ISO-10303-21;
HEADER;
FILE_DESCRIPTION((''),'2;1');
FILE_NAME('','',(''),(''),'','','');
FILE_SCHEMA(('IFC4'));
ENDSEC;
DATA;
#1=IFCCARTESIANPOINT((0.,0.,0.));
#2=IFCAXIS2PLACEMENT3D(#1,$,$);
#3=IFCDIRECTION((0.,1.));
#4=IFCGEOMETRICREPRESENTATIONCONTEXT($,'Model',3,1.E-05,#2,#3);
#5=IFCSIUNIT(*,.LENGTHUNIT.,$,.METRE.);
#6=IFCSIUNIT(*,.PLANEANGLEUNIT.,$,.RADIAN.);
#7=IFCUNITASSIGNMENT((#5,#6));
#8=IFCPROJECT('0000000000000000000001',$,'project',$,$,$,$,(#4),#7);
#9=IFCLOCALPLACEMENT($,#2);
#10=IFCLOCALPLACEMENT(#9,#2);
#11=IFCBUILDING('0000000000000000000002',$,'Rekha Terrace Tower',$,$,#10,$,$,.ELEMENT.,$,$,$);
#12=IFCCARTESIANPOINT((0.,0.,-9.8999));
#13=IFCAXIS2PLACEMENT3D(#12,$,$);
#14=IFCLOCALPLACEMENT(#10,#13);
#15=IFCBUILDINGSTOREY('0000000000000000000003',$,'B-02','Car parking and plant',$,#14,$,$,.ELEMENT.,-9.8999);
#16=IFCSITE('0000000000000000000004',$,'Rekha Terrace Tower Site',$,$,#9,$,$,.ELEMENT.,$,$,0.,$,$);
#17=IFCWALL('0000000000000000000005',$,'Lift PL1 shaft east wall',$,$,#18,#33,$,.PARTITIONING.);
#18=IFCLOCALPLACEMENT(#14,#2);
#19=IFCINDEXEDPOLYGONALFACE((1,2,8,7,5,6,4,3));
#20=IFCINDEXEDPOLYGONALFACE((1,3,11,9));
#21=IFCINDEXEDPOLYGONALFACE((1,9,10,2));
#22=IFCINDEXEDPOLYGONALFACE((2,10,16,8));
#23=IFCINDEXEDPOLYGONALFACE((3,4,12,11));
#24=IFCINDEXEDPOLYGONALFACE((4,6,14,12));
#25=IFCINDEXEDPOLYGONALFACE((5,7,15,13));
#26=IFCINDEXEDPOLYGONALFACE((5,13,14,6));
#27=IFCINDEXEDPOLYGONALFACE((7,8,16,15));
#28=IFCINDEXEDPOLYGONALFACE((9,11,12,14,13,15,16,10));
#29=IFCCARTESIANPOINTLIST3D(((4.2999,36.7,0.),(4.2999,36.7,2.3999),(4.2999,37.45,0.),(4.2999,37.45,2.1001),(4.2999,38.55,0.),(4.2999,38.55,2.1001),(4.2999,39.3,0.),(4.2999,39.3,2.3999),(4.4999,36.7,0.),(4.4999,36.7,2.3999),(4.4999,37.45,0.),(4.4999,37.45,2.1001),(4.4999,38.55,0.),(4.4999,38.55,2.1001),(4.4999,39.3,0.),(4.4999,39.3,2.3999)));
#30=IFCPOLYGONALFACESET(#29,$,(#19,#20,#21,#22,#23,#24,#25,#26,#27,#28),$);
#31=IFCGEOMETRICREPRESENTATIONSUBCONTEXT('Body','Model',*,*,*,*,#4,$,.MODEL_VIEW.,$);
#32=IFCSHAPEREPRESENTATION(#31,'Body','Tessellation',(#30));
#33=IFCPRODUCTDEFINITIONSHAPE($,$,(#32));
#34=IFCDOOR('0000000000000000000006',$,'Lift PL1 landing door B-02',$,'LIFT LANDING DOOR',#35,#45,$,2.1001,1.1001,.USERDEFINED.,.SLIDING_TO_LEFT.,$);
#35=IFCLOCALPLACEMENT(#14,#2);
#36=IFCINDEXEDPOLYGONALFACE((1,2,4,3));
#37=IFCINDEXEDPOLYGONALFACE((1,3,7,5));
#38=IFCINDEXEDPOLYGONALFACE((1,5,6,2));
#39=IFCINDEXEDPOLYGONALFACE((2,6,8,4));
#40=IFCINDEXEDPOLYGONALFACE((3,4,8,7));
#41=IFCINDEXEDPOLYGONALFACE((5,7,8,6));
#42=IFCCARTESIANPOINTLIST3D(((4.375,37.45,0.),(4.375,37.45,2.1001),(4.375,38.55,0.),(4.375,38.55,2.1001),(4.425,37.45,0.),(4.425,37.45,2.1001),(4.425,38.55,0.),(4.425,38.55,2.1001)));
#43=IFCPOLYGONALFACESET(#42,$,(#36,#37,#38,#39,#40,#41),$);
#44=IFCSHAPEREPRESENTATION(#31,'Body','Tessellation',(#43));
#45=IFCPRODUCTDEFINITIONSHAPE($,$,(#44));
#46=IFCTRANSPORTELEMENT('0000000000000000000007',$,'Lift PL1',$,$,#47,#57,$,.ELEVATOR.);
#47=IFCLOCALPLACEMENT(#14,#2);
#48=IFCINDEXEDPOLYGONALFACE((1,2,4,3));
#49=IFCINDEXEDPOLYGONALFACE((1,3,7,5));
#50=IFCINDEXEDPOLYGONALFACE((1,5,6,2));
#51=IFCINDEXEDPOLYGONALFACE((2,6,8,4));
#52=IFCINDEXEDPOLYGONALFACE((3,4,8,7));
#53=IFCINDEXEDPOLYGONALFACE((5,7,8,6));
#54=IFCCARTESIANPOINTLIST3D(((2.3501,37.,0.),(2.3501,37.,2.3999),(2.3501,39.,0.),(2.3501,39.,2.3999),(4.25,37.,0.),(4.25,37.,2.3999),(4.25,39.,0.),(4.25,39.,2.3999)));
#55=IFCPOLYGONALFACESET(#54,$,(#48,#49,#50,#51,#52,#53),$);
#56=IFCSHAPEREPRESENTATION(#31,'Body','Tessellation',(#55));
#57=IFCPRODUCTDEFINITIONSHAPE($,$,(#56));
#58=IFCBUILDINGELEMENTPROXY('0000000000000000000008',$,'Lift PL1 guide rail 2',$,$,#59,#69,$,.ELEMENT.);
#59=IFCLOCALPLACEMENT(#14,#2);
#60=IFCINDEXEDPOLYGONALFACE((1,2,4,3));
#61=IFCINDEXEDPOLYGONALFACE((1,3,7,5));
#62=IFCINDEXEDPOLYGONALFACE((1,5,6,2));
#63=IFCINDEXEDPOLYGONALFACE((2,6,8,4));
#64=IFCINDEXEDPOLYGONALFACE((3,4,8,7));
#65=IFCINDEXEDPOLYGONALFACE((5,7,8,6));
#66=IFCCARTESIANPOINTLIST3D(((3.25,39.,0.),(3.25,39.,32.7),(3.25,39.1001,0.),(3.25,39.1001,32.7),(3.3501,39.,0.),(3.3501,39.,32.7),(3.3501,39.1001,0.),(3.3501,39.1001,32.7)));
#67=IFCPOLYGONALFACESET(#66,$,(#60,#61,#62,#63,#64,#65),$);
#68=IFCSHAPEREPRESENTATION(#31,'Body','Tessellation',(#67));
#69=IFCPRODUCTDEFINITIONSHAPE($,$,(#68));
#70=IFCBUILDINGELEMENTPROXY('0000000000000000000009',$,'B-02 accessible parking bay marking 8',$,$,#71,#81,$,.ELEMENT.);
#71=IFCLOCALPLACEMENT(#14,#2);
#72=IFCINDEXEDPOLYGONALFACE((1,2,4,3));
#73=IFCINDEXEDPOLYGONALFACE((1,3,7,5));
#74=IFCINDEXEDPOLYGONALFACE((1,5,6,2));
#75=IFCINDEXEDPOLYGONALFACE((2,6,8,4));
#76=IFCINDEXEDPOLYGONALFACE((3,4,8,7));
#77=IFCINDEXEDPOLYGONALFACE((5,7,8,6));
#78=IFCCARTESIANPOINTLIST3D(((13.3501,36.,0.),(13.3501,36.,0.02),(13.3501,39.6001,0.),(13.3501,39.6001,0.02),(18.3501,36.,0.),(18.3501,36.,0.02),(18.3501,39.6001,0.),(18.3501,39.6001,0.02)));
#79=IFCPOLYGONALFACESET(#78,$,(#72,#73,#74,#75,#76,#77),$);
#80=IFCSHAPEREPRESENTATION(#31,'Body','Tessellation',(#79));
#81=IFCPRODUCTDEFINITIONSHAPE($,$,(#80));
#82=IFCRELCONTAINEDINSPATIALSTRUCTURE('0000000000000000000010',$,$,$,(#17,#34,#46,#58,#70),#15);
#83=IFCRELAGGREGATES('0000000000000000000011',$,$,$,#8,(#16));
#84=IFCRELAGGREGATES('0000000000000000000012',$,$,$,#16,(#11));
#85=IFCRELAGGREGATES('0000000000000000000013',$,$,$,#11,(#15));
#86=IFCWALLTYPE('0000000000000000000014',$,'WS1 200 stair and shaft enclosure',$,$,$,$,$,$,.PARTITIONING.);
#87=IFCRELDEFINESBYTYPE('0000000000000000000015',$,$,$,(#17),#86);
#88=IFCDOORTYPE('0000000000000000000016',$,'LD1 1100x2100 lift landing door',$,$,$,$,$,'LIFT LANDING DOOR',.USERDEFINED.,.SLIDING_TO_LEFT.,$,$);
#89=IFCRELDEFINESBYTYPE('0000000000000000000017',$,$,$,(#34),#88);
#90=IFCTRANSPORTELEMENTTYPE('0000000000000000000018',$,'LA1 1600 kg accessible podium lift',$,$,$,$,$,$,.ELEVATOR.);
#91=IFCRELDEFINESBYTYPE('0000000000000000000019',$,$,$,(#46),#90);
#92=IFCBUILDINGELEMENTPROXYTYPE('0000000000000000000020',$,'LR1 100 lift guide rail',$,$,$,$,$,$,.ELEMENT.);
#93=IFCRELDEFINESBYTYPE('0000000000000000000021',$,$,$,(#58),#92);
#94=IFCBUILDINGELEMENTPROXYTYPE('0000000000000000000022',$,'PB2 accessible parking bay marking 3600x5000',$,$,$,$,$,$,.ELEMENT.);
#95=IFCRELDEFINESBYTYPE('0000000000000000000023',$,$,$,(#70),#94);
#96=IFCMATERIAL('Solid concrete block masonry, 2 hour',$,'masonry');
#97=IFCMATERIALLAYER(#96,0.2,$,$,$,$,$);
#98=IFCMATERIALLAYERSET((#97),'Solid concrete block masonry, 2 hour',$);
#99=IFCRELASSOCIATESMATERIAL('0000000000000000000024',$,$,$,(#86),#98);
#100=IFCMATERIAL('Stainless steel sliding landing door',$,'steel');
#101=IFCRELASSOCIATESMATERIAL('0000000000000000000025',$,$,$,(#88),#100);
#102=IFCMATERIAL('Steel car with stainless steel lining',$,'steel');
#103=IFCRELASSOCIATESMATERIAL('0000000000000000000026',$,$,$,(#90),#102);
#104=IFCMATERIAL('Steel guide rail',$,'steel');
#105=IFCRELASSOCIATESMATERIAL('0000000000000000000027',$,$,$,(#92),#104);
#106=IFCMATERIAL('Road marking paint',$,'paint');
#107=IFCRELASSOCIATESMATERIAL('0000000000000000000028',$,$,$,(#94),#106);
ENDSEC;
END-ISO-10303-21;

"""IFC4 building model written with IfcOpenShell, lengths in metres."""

from ifc_helpers import new_model, si_unit, direction, frame, frame_2d, origin, origin_2d, place, context, subcontext, project, spatial, rectangle, extrude, material, layer, layer_set, type_object, element, fill, save


model = new_model("IFC4")

# Units and contexts
model_context = context("Model", 3, precision=1e-05, world=origin(), true_north=direction((0.0, 1.0)))
body_context = subcontext(model_context, "Body", "Model", "MODEL_VIEW")
ifc_project = project(units=[si_unit("LENGTHUNIT", "METRE"), si_unit("PLANEANGLEUNIT", "RADIAN")], contexts=[model_context])

# Site, building, storey
site_placement = place(None, origin())
site = spatial("IfcSite", under=ifc_project, at=site_placement, Name="Rekha Terrace Tower Site", CompositionType="ELEMENT", RefElevation=0.0)
building_placement = place(site_placement, origin())
building = spatial("IfcBuilding", under=site, at=building_placement, Name="Rekha Terrace Tower", CompositionType="ELEMENT")
storey_placement = place(building_placement, frame((0.0, 0.0, -9.8999)))
storey = spatial("IfcBuildingStorey", under=building, at=storey_placement, Name="B-02", Description="Car parking and plant", CompositionType="ELEMENT", Elevation=-9.8999)

# Shared definitions
ifc_material_1 = material(Name="Solid concrete block masonry, 2 hour", Category="masonry")

# Wall, opening, door
ifc_layer_1 = layer(ifc_material_1, 0.2)
ifc_layer_set_1 = layer_set([ifc_layer_1], Name="Solid concrete block masonry, 2 hour")
wall_type_1 = type_object("IfcWallType", Name="WS1 200 stair and shaft enclosure", PredefinedType="PARTITIONING", material=ifc_layer_set_1)
wall_1_placement = place(storey_placement, frame((4.3999, 36.7, 0.0), z_axis=(0.0, 0.0, 1.0), x_axis=(0.0, 1.0, 0.0)))
wall_1 = element("IfcWall", 1, at=wall_1_placement, inside=storey, type_object=wall_type_1, Name="Lift PL1 shaft east wall", PredefinedType="PARTITIONING", context=body_context, shape_type="SweptSolid", body=[
    extrude(rectangle(XDim=2.6001, YDim=0.2, at=frame_2d((1.3, 0.0))), origin(), (0.0, 0.0, 1.0), 2.3999),
])
opening_1_placement = place(wall_1_placement, frame((0.75, 0.0, 0.0)))
opening_1 = element("IfcOpeningElement", 2, at=opening_1_placement, cuts=wall_1, PredefinedType="OPENING", context=body_context, shape_type="SweptSolid", body=[
    extrude(rectangle(XDim=1.1001, YDim=2.1001, at=frame_2d((0.55, 1.05))), frame((0.0, 0.1099, 0.0), z_axis=(0.0, -1.0, 0.0), x_axis=(1.0, 0.0, 0.0)), (0.0, 0.0, 1.0), 0.22),
])
ifc_material_2 = material(Name="Stainless steel sliding landing door", Category="steel")
door_type_1 = type_object("IfcDoorType", Name="LD1 1100x2100 lift landing door", ElementType="LIFT LANDING DOOR", OperationType="SLIDING_TO_LEFT", PredefinedType="USERDEFINED", material=ifc_material_2)
door_1_placement = place(opening_1_placement, origin())
door_1 = element("IfcDoor", 3, at=door_1_placement, inside=storey, type_object=door_type_1, Name="Lift PL1 landing door B-02", ObjectType="LIFT LANDING DOOR", OperationType="SLIDING_TO_LEFT", OverallHeight=2.1001, OverallWidth=1.1001, PredefinedType="USERDEFINED", context=body_context, shape_type="SweptSolid", body=[
    extrude(rectangle(XDim=1.1001, YDim=2.1001, at=frame_2d((0.55, 1.05))), frame((0.0, 0.0249, 0.0), z_axis=(0.0, -1.0, 0.0), x_axis=(1.0, 0.0, 0.0)), (0.0, 0.0, 1.0), 0.05),
])
fill(opening_1, door_1)

# Transport element
ifc_material_3 = material(Name="Steel car with stainless steel lining", Category="steel")
transport_element_type = type_object("IfcTransportElementType", Name="LA1 1600 kg accessible podium lift", PredefinedType="ELEVATOR", material=ifc_material_3)
transport_element_placement = place(storey_placement, frame((3.3, 38.0, 0.0), z_axis=(0.0, 0.0, 1.0), x_axis=(1.0, 0.0, 0.0)))
element("IfcTransportElement", 4, at=transport_element_placement, inside=storey, type_object=transport_element_type, Name="Lift PL1", PredefinedType="ELEVATOR", context=body_context, shape_type="SweptSolid", body=[
    extrude(rectangle(XDim=1.8999, YDim=2.0, at=origin_2d()), origin(), (0.0, 0.0, 1.0), 2.3999),
])

# Building element proxies
ifc_material_4 = material(Name="Steel guide rail", Category="steel")
building_element_proxy_type_1 = type_object("IfcBuildingElementProxyType", Name="LR1 100 lift guide rail", PredefinedType="ELEMENT", material=ifc_material_4)
proxy_1_placement = place(storey_placement, frame((3.3, 39.05, 0.0), z_axis=(0.0, 0.0, 1.0), x_axis=(1.0, 0.0, 0.0)))
element("IfcBuildingElementProxy", 5, at=proxy_1_placement, inside=storey, type_object=building_element_proxy_type_1, Name="Lift PL1 guide rail 2", PredefinedType="ELEMENT", context=body_context, shape_type="SweptSolid", body=[
    extrude(rectangle(XDim=0.1001, YDim=0.1001, at=origin_2d()), origin(), (0.0, 0.0, 1.0), 32.7),
])
ifc_material_5 = material(Name="Road marking paint", Category="paint")
building_element_proxy_type_2 = type_object("IfcBuildingElementProxyType", Name="PB2 accessible parking bay marking 3600x5000", PredefinedType="ELEMENT", material=ifc_material_5)
proxy_2_placement = place(storey_placement, frame((15.8501, 37.8, 0.0), z_axis=(0.0, 0.0, 1.0), x_axis=(1.0, 0.0, 0.0)))
element("IfcBuildingElementProxy", 6, at=proxy_2_placement, inside=storey, type_object=building_element_proxy_type_2, Name="B-02 accessible parking bay marking 8", PredefinedType="ELEMENT", context=body_context, shape_type="SweptSolid", body=[
    extrude(rectangle(XDim=5.0, YDim=3.6001, at=origin_2d()), origin(), (0.0, 0.0, 1.0), 0.02),
])

save(model, "model.ifc")
